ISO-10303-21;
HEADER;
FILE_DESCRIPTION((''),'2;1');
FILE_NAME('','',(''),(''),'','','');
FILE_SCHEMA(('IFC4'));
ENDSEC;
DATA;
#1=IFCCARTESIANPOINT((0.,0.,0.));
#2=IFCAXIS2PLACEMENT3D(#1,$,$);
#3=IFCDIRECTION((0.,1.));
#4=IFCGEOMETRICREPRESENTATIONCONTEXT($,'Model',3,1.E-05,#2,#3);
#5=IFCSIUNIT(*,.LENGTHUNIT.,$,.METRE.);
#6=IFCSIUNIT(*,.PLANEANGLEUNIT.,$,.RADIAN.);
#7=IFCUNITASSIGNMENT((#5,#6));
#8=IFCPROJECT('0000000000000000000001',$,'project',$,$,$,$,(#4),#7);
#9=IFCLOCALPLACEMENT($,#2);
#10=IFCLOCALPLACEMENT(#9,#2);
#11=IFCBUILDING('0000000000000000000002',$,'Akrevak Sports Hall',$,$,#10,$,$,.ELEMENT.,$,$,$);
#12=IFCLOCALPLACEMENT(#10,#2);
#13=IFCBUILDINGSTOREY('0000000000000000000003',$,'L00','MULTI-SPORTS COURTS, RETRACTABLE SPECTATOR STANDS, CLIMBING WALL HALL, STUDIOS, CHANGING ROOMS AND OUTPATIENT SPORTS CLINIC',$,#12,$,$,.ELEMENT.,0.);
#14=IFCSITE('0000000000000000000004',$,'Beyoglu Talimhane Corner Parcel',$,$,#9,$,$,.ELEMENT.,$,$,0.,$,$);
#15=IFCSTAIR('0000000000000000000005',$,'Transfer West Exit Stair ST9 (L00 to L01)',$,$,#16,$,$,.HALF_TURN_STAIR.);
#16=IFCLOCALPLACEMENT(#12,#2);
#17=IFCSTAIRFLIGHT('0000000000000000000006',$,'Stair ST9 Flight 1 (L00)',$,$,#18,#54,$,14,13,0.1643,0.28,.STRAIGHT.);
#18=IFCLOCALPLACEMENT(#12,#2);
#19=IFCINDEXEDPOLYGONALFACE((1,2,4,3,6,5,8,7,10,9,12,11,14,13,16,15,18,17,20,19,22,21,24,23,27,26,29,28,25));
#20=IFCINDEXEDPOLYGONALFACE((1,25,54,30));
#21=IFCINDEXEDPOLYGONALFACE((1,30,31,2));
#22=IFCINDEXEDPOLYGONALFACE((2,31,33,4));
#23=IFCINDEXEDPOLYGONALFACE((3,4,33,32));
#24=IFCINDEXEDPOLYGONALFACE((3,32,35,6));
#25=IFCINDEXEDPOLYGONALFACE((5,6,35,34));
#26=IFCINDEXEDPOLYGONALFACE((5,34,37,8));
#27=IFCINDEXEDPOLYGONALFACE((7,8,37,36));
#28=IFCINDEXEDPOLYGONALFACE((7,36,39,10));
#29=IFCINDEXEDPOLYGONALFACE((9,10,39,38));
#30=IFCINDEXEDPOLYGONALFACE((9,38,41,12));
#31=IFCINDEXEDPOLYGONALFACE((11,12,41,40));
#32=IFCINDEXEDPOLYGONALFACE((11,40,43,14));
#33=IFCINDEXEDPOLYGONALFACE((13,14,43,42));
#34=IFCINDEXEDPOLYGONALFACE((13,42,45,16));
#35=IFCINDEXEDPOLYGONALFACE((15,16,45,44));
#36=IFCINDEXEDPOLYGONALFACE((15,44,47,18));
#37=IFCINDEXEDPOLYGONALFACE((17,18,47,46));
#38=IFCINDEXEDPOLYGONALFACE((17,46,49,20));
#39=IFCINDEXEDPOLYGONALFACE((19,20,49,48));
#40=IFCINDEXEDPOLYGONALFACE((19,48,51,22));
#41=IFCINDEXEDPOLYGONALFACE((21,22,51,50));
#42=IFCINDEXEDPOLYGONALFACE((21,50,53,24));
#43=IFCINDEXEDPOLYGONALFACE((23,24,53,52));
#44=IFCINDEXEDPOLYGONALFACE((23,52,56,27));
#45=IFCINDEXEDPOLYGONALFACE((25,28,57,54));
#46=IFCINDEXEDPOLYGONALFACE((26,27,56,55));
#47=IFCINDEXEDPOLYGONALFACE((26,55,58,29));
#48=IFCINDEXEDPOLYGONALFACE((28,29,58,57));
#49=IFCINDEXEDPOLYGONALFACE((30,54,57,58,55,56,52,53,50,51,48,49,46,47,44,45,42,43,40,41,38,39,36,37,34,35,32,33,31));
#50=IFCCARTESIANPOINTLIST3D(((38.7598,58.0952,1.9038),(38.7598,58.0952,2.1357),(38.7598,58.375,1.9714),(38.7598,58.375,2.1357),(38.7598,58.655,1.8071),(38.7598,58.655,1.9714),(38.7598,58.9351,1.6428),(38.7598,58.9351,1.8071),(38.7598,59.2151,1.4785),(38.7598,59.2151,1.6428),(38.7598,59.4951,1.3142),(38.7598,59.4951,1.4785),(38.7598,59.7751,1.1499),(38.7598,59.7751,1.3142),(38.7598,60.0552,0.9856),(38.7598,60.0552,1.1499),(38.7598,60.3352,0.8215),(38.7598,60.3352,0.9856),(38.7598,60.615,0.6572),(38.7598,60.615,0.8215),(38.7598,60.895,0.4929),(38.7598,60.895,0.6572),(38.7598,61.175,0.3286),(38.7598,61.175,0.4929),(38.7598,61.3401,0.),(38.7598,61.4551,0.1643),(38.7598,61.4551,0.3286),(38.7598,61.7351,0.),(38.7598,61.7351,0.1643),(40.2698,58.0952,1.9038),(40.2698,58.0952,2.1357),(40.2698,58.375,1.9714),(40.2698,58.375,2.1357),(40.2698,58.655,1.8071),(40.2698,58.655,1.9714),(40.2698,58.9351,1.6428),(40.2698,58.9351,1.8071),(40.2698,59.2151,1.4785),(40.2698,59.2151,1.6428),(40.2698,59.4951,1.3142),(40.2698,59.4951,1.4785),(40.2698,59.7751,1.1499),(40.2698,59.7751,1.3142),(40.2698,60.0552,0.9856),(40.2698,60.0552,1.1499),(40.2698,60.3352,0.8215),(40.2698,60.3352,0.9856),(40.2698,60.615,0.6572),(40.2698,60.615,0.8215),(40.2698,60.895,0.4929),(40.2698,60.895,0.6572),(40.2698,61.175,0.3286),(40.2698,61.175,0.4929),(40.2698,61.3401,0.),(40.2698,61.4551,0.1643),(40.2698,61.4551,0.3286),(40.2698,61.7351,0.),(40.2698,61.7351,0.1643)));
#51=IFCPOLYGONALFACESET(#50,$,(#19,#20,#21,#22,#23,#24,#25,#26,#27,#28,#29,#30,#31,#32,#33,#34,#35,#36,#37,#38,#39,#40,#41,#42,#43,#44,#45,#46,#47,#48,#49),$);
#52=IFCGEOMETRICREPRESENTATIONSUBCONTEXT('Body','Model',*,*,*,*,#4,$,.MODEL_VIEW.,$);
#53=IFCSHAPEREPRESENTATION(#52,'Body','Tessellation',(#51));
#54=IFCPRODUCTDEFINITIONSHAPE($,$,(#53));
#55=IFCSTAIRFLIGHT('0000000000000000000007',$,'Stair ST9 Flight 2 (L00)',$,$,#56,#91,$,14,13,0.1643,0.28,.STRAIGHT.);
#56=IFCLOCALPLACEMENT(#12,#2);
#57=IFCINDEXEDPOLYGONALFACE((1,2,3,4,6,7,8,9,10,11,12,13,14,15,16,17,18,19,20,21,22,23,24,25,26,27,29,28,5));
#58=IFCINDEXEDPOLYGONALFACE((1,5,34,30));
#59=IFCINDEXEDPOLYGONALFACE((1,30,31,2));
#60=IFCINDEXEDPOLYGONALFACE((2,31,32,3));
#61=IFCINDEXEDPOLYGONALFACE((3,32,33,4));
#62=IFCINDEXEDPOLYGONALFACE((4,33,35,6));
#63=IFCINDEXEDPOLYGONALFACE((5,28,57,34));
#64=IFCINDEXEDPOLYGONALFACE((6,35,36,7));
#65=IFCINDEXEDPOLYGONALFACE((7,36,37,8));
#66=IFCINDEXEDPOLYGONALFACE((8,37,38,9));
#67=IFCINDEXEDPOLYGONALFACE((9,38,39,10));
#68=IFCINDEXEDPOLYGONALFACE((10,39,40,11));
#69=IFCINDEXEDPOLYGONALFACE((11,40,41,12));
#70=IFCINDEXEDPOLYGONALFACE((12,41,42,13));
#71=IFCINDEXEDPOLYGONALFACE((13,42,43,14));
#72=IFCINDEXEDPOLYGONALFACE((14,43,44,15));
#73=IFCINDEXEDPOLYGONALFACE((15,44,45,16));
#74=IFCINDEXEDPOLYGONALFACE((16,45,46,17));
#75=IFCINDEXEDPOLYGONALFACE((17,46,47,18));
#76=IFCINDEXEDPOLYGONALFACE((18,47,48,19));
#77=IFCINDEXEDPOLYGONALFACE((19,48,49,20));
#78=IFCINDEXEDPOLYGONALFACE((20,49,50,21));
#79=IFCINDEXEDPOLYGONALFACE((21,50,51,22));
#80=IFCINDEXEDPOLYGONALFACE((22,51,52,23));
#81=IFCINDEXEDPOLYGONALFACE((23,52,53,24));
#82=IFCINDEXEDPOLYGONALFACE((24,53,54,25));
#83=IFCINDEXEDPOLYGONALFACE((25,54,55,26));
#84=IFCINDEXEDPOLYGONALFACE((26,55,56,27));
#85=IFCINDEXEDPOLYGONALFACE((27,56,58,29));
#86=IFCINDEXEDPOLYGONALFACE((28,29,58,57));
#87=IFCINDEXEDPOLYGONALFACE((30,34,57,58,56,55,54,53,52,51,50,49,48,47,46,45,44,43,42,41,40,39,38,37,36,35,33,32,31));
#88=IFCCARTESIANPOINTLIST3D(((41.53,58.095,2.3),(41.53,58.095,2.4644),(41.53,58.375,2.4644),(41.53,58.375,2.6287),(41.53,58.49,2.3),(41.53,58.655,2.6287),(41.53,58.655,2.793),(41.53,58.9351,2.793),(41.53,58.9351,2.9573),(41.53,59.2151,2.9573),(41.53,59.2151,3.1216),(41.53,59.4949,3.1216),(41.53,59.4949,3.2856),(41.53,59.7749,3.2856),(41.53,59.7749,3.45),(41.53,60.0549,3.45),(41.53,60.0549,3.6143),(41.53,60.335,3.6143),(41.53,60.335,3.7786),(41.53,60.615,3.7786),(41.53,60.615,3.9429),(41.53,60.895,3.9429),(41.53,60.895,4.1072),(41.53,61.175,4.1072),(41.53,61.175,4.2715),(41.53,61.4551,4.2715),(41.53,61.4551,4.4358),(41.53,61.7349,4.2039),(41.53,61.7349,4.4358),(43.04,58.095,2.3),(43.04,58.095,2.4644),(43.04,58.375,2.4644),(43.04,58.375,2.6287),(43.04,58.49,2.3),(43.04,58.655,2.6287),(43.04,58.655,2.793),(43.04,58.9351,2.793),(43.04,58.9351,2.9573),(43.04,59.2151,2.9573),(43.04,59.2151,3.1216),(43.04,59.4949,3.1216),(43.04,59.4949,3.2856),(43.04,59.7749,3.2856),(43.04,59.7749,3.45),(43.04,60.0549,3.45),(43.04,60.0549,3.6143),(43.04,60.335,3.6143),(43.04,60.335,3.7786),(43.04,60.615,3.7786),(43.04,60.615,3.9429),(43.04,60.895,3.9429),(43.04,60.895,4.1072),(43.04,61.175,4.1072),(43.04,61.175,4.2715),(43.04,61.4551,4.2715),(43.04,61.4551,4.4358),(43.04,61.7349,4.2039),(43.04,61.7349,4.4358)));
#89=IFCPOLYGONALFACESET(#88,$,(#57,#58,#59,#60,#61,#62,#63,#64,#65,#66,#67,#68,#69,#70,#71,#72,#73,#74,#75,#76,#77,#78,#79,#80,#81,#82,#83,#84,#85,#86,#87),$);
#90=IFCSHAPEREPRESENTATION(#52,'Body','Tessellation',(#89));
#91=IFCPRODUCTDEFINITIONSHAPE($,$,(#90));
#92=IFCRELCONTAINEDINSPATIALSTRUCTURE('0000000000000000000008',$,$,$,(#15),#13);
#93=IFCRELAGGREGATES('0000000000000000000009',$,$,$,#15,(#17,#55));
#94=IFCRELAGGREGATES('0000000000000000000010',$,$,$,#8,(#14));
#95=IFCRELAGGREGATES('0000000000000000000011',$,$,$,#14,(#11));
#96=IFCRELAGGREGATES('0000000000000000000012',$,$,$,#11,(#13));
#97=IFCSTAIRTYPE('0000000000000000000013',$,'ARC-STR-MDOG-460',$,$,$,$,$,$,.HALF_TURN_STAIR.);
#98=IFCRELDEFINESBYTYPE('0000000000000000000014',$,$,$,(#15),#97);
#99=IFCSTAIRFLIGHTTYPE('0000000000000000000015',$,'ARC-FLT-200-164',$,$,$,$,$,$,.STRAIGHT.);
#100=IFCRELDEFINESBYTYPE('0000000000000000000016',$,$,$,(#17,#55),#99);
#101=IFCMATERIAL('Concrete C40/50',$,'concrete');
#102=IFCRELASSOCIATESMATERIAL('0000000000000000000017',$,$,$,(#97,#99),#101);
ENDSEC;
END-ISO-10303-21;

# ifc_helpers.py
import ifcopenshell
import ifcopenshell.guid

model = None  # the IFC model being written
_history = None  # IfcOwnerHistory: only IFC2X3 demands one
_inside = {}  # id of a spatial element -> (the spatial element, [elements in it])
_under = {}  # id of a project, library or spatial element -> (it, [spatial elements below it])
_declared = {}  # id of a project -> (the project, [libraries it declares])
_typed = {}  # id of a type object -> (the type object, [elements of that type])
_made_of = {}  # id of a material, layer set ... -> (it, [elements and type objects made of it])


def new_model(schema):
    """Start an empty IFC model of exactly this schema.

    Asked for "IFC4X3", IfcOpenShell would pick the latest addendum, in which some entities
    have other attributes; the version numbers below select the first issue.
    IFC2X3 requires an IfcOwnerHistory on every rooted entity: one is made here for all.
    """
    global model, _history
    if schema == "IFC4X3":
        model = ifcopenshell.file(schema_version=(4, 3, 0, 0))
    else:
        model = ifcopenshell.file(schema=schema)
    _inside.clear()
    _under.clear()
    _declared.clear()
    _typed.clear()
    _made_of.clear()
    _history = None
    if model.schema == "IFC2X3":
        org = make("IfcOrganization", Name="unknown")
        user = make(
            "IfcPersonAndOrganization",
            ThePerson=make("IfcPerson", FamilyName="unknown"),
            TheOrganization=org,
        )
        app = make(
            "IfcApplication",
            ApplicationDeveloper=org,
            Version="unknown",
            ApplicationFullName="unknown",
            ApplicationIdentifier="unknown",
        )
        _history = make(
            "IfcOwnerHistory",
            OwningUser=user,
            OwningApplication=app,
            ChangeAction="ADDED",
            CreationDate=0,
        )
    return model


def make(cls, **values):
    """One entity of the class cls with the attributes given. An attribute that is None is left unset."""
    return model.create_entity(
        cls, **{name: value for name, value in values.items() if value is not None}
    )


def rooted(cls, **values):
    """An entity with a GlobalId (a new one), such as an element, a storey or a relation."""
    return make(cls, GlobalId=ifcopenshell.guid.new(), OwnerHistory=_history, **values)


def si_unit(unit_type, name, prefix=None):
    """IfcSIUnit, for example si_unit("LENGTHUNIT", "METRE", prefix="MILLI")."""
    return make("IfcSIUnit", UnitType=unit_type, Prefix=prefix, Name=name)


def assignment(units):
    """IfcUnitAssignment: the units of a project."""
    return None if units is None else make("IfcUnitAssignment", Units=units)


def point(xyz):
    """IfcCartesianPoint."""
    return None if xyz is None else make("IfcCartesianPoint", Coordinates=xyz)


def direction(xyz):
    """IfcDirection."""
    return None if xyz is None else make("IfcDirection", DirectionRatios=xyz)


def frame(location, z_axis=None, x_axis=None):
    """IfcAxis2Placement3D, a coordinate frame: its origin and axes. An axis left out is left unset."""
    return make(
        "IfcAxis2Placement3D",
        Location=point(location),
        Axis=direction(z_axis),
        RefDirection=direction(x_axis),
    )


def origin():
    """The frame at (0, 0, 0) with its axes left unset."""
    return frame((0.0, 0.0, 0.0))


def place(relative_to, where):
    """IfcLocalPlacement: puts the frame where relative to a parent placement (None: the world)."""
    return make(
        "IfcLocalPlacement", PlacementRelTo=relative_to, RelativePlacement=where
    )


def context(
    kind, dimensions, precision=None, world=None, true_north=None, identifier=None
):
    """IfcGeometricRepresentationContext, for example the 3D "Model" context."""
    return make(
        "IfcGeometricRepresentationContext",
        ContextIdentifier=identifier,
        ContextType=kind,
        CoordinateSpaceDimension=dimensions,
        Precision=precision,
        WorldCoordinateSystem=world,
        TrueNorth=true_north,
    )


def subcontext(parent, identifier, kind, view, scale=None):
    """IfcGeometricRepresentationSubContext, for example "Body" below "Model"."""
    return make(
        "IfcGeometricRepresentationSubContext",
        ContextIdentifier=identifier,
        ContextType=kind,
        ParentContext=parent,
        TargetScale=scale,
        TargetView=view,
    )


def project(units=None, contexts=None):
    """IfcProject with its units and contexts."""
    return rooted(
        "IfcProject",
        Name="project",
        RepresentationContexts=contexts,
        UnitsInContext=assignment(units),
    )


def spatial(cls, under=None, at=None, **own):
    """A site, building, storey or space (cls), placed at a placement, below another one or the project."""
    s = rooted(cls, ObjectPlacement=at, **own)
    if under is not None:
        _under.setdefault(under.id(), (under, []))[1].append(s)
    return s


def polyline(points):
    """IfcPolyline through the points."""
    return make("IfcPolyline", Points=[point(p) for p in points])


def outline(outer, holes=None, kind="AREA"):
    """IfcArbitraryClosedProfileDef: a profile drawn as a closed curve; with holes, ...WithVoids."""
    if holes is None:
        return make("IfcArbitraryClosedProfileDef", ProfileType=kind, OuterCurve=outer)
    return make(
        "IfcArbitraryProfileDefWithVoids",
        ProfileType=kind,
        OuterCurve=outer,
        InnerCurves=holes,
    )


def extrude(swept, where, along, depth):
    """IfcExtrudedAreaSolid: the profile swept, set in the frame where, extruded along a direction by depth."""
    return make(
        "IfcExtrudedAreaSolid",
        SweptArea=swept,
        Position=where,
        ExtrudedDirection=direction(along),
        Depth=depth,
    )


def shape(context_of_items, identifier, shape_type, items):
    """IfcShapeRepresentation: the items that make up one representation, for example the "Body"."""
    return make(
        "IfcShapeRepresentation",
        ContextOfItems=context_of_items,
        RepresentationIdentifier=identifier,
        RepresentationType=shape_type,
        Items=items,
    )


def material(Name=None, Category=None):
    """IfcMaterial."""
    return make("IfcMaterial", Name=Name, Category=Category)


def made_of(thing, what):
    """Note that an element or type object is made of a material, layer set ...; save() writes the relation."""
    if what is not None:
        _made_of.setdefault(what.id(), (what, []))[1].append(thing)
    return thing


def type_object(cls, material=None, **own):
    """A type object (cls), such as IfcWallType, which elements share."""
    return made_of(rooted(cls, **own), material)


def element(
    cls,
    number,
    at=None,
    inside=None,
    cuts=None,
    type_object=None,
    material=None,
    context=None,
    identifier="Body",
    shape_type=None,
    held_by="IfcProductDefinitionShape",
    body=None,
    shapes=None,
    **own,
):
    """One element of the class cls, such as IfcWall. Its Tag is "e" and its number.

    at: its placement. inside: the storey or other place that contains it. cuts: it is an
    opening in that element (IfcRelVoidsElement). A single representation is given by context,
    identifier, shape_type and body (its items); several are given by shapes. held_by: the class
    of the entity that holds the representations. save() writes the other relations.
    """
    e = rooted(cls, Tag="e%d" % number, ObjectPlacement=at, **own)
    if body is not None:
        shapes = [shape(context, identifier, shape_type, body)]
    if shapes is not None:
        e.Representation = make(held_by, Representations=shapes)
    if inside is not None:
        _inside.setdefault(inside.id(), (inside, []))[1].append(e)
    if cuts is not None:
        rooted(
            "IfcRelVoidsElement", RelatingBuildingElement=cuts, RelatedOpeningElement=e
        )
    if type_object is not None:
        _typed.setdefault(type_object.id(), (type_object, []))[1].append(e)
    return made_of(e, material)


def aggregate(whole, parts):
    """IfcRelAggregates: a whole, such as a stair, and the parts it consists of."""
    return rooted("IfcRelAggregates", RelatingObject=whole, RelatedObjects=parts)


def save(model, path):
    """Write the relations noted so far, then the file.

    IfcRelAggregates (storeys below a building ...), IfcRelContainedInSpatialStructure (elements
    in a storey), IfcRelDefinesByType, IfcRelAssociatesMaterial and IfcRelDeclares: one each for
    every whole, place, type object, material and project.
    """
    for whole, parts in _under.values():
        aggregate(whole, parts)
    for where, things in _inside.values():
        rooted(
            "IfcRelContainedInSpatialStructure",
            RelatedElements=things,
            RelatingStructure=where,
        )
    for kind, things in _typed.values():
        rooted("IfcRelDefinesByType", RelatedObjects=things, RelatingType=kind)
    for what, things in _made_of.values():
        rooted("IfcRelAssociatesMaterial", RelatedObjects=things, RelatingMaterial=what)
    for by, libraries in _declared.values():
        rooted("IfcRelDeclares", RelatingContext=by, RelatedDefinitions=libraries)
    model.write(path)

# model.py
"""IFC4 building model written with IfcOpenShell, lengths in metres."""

from ifc_helpers import new_model, si_unit, direction, frame, origin, place, context, subcontext, project, spatial, polyline, outline, extrude, material, type_object, element, aggregate, save


model = new_model("IFC4")

# Units and contexts
model_context = context("Model", 3, precision=1e-05, world=origin(), true_north=direction((0.0, 1.0)))
body_context = subcontext(model_context, "Body", "Model", "MODEL_VIEW")
ifc_project = project(units=[si_unit("LENGTHUNIT", "METRE"), si_unit("PLANEANGLEUNIT", "RADIAN")], contexts=[model_context])

# Site, building, storey
site_placement = place(None, origin())
site = spatial("IfcSite", under=ifc_project, at=site_placement, Name="Beyoglu Talimhane Corner Parcel", CompositionType="ELEMENT", RefElevation=0.0)
building_placement = place(site_placement, origin())
building = spatial("IfcBuilding", under=site, at=building_placement, Name="Akrevak Sports Hall", CompositionType="ELEMENT")
storey_placement = place(building_placement, origin())
storey = spatial("IfcBuildingStorey", under=building, at=storey_placement, Name="L00", Description="MULTI-SPORTS COURTS, RETRACTABLE SPECTATOR STANDS, CLIMBING WALL HALL, STUDIOS, CHANGING ROOMS AND OUTPATIENT SPORTS CLINIC", CompositionType="ELEMENT", Elevation=0.0)

# Shared definitions
ifc_material_1 = material(Name="Concrete C40/50", Category="concrete")

# Stair, stair flights
stair_type = type_object("IfcStairType", Name="ARC-STR-MDOG-460", PredefinedType="HALF_TURN_STAIR", material=ifc_material_1)
stair_placement = place(storey_placement, origin())
stair = element("IfcStair", 1, at=stair_placement, inside=storey, type_object=stair_type, Name="Transfer West Exit Stair ST9 (L00 to L01)", PredefinedType="HALF_TURN_STAIR")
stair_flight_type = type_object("IfcStairFlightType", Name="ARC-FLT-200-164", PredefinedType="STRAIGHT", material=ifc_material_1)
stair_flight_1_placement = place(storey_placement, frame((39.5149, 61.7351, 0.0), z_axis=(0.0, 0.0, 1.0), x_axis=(0.0, -1.0, 0.0)))
stair_flight_1 = element("IfcStairFlight", 2, at=stair_flight_1_placement, type_object=stair_flight_type, Name="Stair ST9 Flight 1 (L00)", NumberOfRisers=14, NumberOfTreads=13, PredefinedType="STRAIGHT", RiserHeight=0.1643, TreadLength=0.28, context=body_context, shape_type="SweptSolid", body=[
    extrude(outline(polyline([(0.0, 0.0), (0.0, 0.1643), (0.28, 0.1643), (0.28, 0.3286), (0.5601, 0.3286), (0.5601, 0.4929), (0.8401, 0.4929), (0.8401, 0.6572), (1.1201, 0.6572), (1.1201, 0.8215), (1.3999, 0.8215), (1.3999, 0.9856), (1.6799, 0.9856), (1.6799, 1.1499), (1.96, 1.1499), (1.96, 1.3142), (2.24, 1.3142), (2.24, 1.4785), (2.52, 1.4785), (2.52, 1.6428), (2.8, 1.6428), (2.8, 1.8071), (3.0801, 1.8071), (3.0801, 1.9714), (3.3601, 1.9714), (3.3601, 2.1357), (3.6399, 2.1357), (3.6399, 2.3), (3.6399, 1.9038), (0.395, 0.0), (0.0, 0.0)])), frame((0.0, 0.7549, 0.0), z_axis=(0.0, -1.0, 0.0), x_axis=(1.0, 0.0, 0.0)), (0.0, 0.0, 1.0), 1.51),
])
stair_flight_2_placement = place(storey_placement, frame((42.2849, 58.095, 2.3), z_axis=(0.0, 0.0, 1.0), x_axis=(0.0, 1.0, 0.0)))
stair_flight_2 = element("IfcStairFlight", 3, at=stair_flight_2_placement, type_object=stair_flight_type, Name="Stair ST9 Flight 2 (L00)", NumberOfRisers=14, NumberOfTreads=13, PredefinedType="STRAIGHT", RiserHeight=0.1643, TreadLength=0.28, context=body_context, shape_type="SweptSolid", body=[
    extrude(outline(polyline([(0.0, 0.0), (0.0, 0.1643), (0.28, 0.1643), (0.28, 0.3286), (0.5601, 0.3286), (0.5601, 0.4929), (0.8401, 0.4929), (0.8401, 0.6572), (1.1201, 0.6572), (1.1201, 0.8215), (1.3999, 0.8215), (1.3999, 0.9856), (1.6799, 0.9856), (1.6799, 1.1499), (1.96, 1.1499), (1.96, 1.3142), (2.24, 1.3142), (2.24, 1.4785), (2.52, 1.4785), (2.52, 1.6428), (2.8, 1.6428), (2.8, 1.8071), (3.0801, 1.8071), (3.0801, 1.9714), (3.3601, 1.9714), (3.3601, 2.1357), (3.6399, 2.1357), (3.6399, 2.3), (3.6399, 1.9038), (0.395, 0.0), (0.0, 0.0)])), frame((0.0, 0.7549, 0.0), z_axis=(0.0, -1.0, 0.0), x_axis=(1.0, 0.0, 0.0)), (0.0, 0.0, 1.0), 1.51),
])
aggregate(stair, [stair_flight_1, stair_flight_2])

save(model, "model.ifc")
